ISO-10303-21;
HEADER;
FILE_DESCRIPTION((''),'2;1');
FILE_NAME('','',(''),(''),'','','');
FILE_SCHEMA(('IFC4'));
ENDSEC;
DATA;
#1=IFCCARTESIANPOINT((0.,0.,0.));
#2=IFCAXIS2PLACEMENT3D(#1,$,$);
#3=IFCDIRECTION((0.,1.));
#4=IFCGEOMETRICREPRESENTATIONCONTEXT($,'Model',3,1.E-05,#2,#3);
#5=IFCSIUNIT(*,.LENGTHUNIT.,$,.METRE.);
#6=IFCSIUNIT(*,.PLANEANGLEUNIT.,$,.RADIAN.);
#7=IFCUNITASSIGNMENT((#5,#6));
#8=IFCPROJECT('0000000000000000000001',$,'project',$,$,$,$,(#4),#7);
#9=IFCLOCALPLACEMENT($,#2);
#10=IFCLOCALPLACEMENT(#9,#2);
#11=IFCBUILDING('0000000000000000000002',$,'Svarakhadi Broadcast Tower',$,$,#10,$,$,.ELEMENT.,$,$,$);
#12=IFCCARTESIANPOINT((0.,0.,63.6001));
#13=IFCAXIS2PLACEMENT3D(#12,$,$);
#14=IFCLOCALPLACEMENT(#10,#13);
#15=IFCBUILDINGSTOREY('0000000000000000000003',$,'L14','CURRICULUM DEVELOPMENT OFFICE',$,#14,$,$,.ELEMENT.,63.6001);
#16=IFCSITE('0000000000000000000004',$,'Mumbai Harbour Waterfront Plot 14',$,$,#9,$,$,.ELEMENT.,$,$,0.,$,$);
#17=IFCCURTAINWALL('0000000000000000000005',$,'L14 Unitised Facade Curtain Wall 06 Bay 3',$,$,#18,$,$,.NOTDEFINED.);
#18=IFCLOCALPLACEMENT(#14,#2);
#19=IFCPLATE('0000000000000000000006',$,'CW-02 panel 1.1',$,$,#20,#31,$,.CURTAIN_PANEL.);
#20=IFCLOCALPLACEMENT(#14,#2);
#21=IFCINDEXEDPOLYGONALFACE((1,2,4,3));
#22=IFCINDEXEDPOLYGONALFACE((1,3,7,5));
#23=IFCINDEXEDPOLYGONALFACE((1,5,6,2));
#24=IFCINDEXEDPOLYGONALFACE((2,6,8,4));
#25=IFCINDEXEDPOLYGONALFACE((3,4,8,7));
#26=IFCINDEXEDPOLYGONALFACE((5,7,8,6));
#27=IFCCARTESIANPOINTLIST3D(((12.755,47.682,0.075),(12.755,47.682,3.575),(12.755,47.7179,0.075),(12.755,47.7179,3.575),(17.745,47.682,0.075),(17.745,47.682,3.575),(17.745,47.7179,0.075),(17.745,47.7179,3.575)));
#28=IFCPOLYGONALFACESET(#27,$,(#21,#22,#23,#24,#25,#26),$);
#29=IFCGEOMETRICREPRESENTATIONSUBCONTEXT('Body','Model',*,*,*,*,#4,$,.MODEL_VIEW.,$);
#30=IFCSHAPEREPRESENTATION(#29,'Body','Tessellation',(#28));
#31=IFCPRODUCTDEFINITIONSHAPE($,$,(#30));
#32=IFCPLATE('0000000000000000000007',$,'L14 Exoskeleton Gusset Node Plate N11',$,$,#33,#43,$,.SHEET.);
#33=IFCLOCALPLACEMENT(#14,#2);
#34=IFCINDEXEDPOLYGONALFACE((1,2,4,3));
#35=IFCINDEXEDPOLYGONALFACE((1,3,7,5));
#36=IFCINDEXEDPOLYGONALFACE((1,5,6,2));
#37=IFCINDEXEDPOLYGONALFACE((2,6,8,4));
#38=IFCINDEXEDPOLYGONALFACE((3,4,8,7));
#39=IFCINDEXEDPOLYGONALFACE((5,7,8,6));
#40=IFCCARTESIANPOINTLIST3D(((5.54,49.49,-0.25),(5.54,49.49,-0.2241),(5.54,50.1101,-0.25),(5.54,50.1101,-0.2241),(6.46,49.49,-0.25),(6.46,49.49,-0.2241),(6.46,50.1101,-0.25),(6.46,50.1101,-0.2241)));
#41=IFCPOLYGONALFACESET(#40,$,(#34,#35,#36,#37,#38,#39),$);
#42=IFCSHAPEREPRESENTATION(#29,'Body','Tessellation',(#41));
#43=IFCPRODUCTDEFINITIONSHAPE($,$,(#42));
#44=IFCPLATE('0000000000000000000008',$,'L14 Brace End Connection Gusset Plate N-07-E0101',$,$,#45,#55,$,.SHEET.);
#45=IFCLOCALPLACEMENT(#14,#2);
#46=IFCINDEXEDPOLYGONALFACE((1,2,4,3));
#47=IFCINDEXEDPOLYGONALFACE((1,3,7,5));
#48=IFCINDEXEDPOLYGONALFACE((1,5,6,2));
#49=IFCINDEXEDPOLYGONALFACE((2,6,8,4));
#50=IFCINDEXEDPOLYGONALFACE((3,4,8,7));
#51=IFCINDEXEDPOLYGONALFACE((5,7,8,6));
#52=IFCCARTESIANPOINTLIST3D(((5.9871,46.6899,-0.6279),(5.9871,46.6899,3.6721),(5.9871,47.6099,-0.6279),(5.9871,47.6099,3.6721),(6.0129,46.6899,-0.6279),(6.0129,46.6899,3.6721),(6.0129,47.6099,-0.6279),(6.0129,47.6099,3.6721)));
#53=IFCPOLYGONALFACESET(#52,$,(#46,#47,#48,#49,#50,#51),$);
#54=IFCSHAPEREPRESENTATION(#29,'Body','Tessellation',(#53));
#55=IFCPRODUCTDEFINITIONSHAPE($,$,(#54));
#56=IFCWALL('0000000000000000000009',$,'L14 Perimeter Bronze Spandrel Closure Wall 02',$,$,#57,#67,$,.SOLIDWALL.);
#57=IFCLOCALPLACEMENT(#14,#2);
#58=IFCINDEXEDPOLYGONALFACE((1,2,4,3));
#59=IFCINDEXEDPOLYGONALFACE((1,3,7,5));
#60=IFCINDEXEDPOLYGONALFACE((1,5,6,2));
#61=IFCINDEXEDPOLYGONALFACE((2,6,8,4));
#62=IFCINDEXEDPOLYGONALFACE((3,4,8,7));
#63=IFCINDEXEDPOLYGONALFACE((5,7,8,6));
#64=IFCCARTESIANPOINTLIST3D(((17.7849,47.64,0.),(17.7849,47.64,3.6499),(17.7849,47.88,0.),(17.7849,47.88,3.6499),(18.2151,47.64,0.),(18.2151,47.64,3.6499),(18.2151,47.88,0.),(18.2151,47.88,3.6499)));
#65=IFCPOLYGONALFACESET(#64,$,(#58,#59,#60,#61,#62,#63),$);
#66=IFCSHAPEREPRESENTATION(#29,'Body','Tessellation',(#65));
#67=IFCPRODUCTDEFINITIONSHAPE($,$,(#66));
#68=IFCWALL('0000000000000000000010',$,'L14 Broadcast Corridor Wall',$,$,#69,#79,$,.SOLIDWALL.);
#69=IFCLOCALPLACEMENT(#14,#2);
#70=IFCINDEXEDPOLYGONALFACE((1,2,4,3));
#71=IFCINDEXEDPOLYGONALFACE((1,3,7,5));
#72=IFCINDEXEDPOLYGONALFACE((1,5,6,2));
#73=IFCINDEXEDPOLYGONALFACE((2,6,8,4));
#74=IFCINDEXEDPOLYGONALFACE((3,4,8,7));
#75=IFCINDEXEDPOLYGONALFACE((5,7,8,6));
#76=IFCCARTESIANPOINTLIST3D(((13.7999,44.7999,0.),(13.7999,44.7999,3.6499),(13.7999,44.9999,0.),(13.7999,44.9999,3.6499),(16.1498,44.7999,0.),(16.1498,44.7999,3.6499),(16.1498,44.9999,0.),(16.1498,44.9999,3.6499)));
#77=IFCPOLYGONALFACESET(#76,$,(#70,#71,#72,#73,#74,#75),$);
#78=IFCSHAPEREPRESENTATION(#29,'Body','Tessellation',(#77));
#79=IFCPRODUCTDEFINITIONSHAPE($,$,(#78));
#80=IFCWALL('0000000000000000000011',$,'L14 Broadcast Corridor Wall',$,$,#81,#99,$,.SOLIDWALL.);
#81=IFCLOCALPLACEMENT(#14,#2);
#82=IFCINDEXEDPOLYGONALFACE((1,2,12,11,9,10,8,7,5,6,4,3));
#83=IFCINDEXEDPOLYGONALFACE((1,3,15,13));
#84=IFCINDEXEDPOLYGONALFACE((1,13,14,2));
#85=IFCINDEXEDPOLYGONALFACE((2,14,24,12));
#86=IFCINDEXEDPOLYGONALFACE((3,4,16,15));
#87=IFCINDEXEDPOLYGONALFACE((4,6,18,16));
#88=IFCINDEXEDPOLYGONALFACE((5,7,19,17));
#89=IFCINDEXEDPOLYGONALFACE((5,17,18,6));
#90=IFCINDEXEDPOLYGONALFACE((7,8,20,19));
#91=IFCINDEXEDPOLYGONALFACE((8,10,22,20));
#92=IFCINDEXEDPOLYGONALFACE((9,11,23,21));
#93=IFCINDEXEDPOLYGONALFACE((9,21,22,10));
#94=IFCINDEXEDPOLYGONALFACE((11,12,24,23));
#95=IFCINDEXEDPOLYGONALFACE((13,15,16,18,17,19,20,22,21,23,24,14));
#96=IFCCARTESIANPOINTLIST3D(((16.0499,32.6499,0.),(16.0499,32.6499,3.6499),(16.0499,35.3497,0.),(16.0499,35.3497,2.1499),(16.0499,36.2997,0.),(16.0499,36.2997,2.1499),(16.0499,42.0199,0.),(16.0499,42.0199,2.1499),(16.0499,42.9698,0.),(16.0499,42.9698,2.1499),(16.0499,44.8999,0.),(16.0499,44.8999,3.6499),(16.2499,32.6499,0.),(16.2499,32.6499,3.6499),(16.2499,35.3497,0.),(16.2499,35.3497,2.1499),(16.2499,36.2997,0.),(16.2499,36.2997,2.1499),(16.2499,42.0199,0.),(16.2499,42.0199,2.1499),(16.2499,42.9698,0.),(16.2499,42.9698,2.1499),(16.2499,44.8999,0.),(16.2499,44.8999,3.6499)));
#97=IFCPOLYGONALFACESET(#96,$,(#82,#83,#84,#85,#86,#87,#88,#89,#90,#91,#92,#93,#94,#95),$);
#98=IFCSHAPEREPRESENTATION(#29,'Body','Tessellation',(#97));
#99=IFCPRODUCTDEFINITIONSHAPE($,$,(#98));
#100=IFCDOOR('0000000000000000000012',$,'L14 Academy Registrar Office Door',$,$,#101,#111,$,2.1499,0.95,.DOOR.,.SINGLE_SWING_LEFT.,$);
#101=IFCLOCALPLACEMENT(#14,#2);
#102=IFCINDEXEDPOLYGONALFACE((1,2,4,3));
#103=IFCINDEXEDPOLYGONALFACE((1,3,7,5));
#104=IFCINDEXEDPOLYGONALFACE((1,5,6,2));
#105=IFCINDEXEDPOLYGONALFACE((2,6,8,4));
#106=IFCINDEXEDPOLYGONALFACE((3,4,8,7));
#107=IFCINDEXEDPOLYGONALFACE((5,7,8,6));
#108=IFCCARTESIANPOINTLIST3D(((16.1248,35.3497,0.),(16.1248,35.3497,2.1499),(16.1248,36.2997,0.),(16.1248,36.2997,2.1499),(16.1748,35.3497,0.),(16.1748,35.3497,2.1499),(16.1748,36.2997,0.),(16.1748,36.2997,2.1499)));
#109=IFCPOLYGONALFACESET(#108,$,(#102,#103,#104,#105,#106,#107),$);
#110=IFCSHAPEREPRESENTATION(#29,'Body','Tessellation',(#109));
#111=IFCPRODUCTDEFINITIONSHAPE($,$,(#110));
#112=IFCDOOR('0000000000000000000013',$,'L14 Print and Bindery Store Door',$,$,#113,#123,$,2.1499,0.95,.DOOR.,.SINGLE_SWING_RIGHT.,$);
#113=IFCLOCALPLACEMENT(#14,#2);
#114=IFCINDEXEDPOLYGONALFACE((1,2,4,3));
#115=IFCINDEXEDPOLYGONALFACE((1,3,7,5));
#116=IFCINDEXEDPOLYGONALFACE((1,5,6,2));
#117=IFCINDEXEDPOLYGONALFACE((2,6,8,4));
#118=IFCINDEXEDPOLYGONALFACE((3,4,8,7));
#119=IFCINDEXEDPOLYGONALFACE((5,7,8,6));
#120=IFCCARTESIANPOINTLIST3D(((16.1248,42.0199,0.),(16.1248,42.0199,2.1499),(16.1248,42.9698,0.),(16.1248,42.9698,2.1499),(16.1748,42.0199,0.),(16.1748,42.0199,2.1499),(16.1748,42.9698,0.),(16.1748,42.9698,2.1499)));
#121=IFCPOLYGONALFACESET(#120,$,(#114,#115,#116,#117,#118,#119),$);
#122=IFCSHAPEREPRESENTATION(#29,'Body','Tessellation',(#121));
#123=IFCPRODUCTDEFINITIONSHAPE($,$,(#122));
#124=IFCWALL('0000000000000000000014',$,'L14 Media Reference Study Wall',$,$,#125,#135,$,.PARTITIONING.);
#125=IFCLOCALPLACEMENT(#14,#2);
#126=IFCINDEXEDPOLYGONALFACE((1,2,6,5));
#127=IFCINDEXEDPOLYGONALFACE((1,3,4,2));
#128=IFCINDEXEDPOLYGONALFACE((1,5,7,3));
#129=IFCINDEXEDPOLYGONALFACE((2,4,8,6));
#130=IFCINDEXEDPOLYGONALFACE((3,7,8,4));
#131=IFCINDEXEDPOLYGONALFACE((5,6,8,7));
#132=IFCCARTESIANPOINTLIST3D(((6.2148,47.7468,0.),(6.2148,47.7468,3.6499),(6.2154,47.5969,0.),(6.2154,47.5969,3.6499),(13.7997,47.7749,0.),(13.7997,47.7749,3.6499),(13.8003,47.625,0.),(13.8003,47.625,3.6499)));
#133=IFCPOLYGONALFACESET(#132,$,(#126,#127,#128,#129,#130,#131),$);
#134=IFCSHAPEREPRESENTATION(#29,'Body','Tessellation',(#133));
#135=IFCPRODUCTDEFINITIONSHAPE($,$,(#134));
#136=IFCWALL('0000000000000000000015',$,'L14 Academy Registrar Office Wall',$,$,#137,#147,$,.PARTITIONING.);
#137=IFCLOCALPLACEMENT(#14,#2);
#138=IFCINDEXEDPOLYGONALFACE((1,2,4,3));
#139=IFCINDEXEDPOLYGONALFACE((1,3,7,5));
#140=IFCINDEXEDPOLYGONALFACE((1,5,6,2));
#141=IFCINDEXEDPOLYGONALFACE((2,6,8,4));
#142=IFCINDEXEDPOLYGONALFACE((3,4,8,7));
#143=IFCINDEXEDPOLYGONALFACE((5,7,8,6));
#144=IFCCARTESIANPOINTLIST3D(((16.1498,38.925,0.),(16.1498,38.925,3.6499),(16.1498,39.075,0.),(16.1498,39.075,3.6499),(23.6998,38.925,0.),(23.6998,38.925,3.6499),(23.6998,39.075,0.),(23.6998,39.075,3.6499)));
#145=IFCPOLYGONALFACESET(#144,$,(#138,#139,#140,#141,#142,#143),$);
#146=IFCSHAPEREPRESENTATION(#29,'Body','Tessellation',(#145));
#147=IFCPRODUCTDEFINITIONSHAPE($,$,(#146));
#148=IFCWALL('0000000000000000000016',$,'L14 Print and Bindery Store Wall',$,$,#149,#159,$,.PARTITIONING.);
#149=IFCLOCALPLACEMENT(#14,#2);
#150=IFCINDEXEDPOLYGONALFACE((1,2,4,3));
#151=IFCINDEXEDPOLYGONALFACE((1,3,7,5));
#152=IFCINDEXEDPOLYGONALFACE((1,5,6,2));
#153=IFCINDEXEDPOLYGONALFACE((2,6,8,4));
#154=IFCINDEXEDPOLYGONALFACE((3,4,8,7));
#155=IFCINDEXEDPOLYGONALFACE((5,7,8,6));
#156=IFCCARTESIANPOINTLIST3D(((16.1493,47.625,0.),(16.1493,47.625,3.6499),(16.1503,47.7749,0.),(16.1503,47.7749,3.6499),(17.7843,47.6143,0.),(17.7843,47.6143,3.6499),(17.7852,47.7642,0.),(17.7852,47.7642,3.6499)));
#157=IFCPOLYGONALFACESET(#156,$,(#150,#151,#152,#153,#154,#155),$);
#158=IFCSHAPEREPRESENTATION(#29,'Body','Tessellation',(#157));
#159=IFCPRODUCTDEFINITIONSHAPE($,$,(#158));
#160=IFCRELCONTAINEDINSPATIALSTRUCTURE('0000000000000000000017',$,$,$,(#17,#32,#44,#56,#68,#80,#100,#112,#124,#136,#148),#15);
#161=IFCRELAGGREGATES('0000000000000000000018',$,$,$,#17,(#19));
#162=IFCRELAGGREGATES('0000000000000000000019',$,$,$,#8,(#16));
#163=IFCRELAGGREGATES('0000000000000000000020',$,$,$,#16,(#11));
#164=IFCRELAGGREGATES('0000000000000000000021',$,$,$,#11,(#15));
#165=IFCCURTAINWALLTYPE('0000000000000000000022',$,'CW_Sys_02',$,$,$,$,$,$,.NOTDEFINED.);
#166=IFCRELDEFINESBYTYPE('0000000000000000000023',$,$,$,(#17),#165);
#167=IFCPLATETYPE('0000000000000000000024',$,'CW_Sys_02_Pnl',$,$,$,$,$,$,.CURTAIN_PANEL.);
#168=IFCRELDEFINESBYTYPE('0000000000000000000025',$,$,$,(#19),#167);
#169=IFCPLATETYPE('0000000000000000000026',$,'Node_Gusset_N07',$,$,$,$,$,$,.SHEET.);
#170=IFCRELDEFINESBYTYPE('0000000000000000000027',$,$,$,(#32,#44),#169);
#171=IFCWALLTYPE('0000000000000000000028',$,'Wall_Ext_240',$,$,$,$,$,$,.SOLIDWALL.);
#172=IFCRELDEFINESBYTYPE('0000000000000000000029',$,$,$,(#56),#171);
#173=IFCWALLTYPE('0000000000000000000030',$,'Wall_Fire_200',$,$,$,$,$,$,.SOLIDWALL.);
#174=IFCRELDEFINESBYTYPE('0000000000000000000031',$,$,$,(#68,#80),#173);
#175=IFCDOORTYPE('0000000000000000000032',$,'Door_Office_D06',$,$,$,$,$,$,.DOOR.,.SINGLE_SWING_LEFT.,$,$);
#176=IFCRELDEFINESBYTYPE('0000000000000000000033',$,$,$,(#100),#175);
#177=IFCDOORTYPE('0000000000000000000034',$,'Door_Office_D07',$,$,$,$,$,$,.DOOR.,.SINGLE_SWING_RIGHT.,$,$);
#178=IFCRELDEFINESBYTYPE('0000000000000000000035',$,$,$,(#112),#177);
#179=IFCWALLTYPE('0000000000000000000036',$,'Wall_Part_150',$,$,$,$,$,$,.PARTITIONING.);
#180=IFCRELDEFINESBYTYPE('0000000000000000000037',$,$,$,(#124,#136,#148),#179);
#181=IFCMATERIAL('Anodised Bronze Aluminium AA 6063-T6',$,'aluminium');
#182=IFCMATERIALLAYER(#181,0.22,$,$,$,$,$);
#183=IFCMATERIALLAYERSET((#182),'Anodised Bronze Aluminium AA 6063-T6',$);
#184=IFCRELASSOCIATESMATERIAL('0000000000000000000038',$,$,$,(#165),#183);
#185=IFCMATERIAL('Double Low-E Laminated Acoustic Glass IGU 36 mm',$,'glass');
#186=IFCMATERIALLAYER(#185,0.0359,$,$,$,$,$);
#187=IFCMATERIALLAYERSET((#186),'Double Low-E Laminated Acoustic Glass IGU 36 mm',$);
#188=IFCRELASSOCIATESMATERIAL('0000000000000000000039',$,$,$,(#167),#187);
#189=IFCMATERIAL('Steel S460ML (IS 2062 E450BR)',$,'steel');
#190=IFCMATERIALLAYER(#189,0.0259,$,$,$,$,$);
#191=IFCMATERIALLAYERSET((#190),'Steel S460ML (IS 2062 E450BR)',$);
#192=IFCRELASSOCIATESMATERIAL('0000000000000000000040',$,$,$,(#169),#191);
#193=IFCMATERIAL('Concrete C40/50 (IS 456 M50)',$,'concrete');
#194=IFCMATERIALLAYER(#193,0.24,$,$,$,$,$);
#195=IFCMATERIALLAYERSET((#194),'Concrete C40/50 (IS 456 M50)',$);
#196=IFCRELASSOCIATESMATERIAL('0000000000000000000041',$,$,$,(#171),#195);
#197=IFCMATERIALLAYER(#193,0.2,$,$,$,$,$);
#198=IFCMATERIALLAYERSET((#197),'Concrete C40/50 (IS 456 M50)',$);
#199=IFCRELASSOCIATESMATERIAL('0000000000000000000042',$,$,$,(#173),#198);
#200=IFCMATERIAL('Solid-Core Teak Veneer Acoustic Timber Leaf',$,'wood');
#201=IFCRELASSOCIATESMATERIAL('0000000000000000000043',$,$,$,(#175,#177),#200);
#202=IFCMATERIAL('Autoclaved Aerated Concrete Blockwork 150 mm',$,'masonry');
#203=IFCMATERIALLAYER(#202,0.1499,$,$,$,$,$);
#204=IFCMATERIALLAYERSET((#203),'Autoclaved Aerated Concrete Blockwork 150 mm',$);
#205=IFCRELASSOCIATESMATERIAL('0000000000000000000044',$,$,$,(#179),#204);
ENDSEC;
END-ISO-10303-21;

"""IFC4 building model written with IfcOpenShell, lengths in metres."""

from ifc_helpers import new_model, si_unit, direction, frame, frame_2d, origin, origin_2d, place, context, subcontext, project, spatial, rectangle, extrude, material, layer, layer_set, type_object, element, fill, aggregate, save


model = new_model("IFC4")

# Units and contexts
model_context = context("Model", 3, precision=1e-05, world=origin(), true_north=direction((0.0, 1.0)))
body_context = subcontext(model_context, "Body", "Model", "MODEL_VIEW")
ifc_project = project(units=[si_unit("LENGTHUNIT", "METRE"), si_unit("PLANEANGLEUNIT", "RADIAN")], contexts=[model_context])

# Site, building, storey
site_placement = place(None, origin())
site = spatial("IfcSite", under=ifc_project, at=site_placement, Name="Mumbai Harbour Waterfront Plot 14", CompositionType="ELEMENT", RefElevation=0.0)
building_placement = place(site_placement, origin())
building = spatial("IfcBuilding", under=site, at=building_placement, Name="Svarakhadi Broadcast Tower", CompositionType="ELEMENT")
storey_placement = place(building_placement, frame((0.0, 0.0, 63.6001)))
storey = spatial("IfcBuildingStorey", under=building, at=storey_placement, Name="L14", Description="CURRICULUM DEVELOPMENT OFFICE", CompositionType="ELEMENT", Elevation=63.6001)

# Shared definitions
ifc_material_1 = material(Name="Steel S460ML (IS 2062 E450BR)", Category="steel")

# Curtain wall
ifc_material_2 = material(Name="Anodised Bronze Aluminium AA 6063-T6", Category="aluminium")
ifc_layer_1 = layer(ifc_material_2, 0.22)
ifc_layer_set_1 = layer_set([ifc_layer_1], Name="Anodised Bronze Aluminium AA 6063-T6")
curtain_wall_type = type_object("IfcCurtainWallType", Name="CW_Sys_02", PredefinedType="NOTDEFINED", material=ifc_layer_set_1)
curtain_wall_1_placement = place(storey_placement, origin())
curtain_wall_1 = element("IfcCurtainWall", 1, at=curtain_wall_1_placement, inside=storey, type_object=curtain_wall_type, Name="L14 Unitised Facade Curtain Wall 06 Bay 3", PredefinedType="NOTDEFINED")

# Plate
ifc_material_3 = material(Name="Double Low-E Laminated Acoustic Glass IGU 36 mm", Category="glass")
ifc_layer_2 = layer(ifc_material_3, 0.0359)
ifc_layer_set_2 = layer_set([ifc_layer_2], Name="Double Low-E Laminated Acoustic Glass IGU 36 mm")
plate_type_1 = type_object("IfcPlateType", Name="CW_Sys_02_Pnl", PredefinedType="CURTAIN_PANEL", material=ifc_layer_set_2)
plate_1_placement = place(storey_placement, frame((15.25, 47.7, 0.075), z_axis=(0.0, 0.0, 1.0), x_axis=(1.0, 0.0, 0.0)))
plate_1 = element("IfcPlate", 2, at=plate_1_placement, type_object=plate_type_1, Name="CW-02 panel 1.1", PredefinedType="CURTAIN_PANEL", context=body_context, shape_type="SweptSolid", body=[
    extrude(rectangle(XDim=4.99, YDim=0.0359, at=origin_2d()), origin(), (0.0, 0.0, 1.0), 3.5),
])
aggregate(curtain_wall_1, [plate_1])

# Plates
ifc_layer_3 = layer(ifc_material_1, 0.0259)
ifc_layer_set_3 = layer_set([ifc_layer_3], Name="Steel S460ML (IS 2062 E450BR)")
plate_type_2 = type_object("IfcPlateType", Name="Node_Gusset_N07", PredefinedType="SHEET", material=ifc_layer_set_3)
plate_2_placement = place(storey_placement, frame((6.0, 49.8, -0.25), z_axis=(0.0, 0.0, 1.0), x_axis=(1.0, 0.0, 0.0)))
element("IfcPlate", 3, at=plate_2_placement, inside=storey, type_object=plate_type_2, Name="L14 Exoskeleton Gusset Node Plate N11", PredefinedType="SHEET", context=body_context, shape_type="SweptSolid", body=[
    extrude(rectangle(XDim=0.9199, YDim=0.6201, at=origin_2d()), origin(), (0.0, 0.0, 1.0), 0.0259),
])
plate_3_placement = place(storey_placement, frame((6.0, 47.1499, -0.6279), z_axis=(0.0, 0.0, 1.0), x_axis=(0.0, 1.0, 0.0)))
element("IfcPlate", 4, at=plate_3_placement, inside=storey, type_object=plate_type_2, Name="L14 Brace End Connection Gusset Plate N-07-E0101", PredefinedType="SHEET", context=body_context, shape_type="SweptSolid", body=[
    extrude(rectangle(XDim=0.9199, YDim=0.0259, at=origin_2d()), origin(), (0.0, 0.0, 1.0), 4.3),
])

# Walls
ifc_material_4 = material(Name="Concrete C40/50 (IS 456 M50)", Category="concrete")
ifc_layer_4 = layer(ifc_material_4, 0.24)
ifc_layer_set_4 = layer_set([ifc_layer_4], Name="Concrete C40/50 (IS 456 M50)")
wall_type_1 = type_object("IfcWallType", Name="Wall_Ext_240", PredefinedType="SOLIDWALL", material=ifc_layer_set_4)
wall_1_placement = place(storey_placement, frame((17.7849, 47.76, 0.0), z_axis=(0.0, 0.0, 1.0), x_axis=(1.0, 0.0, 0.0)))
element("IfcWall", 5, at=wall_1_placement, inside=storey, type_object=wall_type_1, Name="L14 Perimeter Bronze Spandrel Closure Wall 02", PredefinedType="SOLIDWALL", context=body_context, shape_type="SweptSolid", body=[
    extrude(rectangle(XDim=0.4302, YDim=0.24, at=frame_2d((0.2151, 0.0))), origin(), (0.0, 0.0, 1.0), 3.6499),
])
ifc_layer_5 = layer(ifc_material_4, 0.2)
ifc_layer_set_5 = layer_set([ifc_layer_5], Name="Concrete C40/50 (IS 456 M50)")
wall_type_2 = type_object("IfcWallType", Name="Wall_Fire_200", PredefinedType="SOLIDWALL", material=ifc_layer_set_5)
wall_2_placement = place(storey_placement, frame((13.8, 44.8999, 0.0), z_axis=(0.0, 0.0, 1.0), x_axis=(1.0, 0.0, 0.0)))
element("IfcWall", 6, at=wall_2_placement, inside=storey, type_object=wall_type_2, Name="L14 Broadcast Corridor Wall", PredefinedType="SOLIDWALL", context=body_context, shape_type="SweptSolid", body=[
    extrude(rectangle(XDim=2.3499, YDim=0.2, at=frame_2d((1.1748, 0.0))), origin(), (0.0, 0.0, 1.0), 3.6499),
])

# Wall, openings, doors
wall_3_placement = place(storey_placement, frame((16.1499, 44.8999, 0.0), z_axis=(0.0, 0.0, 1.0), x_axis=(0.0, -1.0, 0.0)))
wall_3 = element("IfcWall", 7, at=wall_3_placement, inside=storey, type_object=wall_type_2, Name="L14 Broadcast Corridor Wall", PredefinedType="SOLIDWALL", context=body_context, shape_type="SweptSolid", body=[
    extrude(rectangle(XDim=12.25, YDim=0.2, at=frame_2d((6.125, 0.0))), origin(), (0.0, 0.0, 1.0), 3.6499),
])
opening_1_placement = place(wall_3_placement, frame((8.6001, 0.0, 0.0)))
opening_1 = element("IfcOpeningElement", 8, at=opening_1_placement, cuts=wall_3, PredefinedType="OPENING", context=body_context, shape_type="SweptSolid", body=[
    extrude(rectangle(XDim=0.95, YDim=2.1499, at=frame_2d((0.4751, 1.075))), frame((0.0, 0.1099, 0.0), z_axis=(0.0, -1.0, 0.0), x_axis=(1.0, 0.0, 0.0)), (0.0, 0.0, 1.0), 0.22),
])
opening_2_placement = place(wall_3_placement, frame((1.9299, 0.0, 0.0)))
opening_2 = element("IfcOpeningElement", 9, at=opening_2_placement, cuts=wall_3, PredefinedType="OPENING", context=body_context, shape_type="SweptSolid", body=[
    extrude(rectangle(XDim=0.95, YDim=2.1499, at=frame_2d((0.4751, 1.075))), frame((0.0, 0.1099, 0.0), z_axis=(0.0, -1.0, 0.0), x_axis=(1.0, 0.0, 0.0)), (0.0, 0.0, 1.0), 0.22),
])
ifc_material_5 = material(Name="Solid-Core Teak Veneer Acoustic Timber Leaf", Category="wood")
door_type_1 = type_object("IfcDoorType", Name="Door_Office_D06", OperationType="SINGLE_SWING_LEFT", PredefinedType="DOOR", material=ifc_material_5)
door_1_placement = place(opening_1_placement, origin())
door_1 = element("IfcDoor", 10, at=door_1_placement, inside=storey, type_object=door_type_1, Name="L14 Academy Registrar Office Door", OperationType="SINGLE_SWING_LEFT", OverallHeight=2.1499, OverallWidth=0.95, PredefinedType="DOOR", context=body_context, shape_type="SweptSolid", body=[
    extrude(rectangle(XDim=0.95, YDim=2.1499, at=frame_2d((0.4751, 1.075))), frame((0.0, 0.0249, 0.0), z_axis=(0.0, -1.0, 0.0), x_axis=(1.0, 0.0, 0.0)), (0.0, 0.0, 1.0), 0.05),
])
fill(opening_1, door_1)
door_type_2 = type_object("IfcDoorType", Name="Door_Office_D07", OperationType="SINGLE_SWING_RIGHT", PredefinedType="DOOR", material=ifc_material_5)
door_2_placement = place(opening_2_placement, origin())
door_2 = element("IfcDoor", 11, at=door_2_placement, inside=storey, type_object=door_type_2, Name="L14 Print and Bindery Store Door", OperationType="SINGLE_SWING_RIGHT", OverallHeight=2.1499, OverallWidth=0.95, PredefinedType="DOOR", context=body_context, shape_type="SweptSolid", body=[
    extrude(rectangle(XDim=0.95, YDim=2.1499, at=frame_2d((0.4751, 1.075))), frame((0.0, 0.0249, 0.0), z_axis=(0.0, -1.0, 0.0), x_axis=(1.0, 0.0, 0.0)), (0.0, 0.0, 1.0), 0.05),
])
fill(opening_2, door_2)

# Walls
ifc_material_6 = material(Name="Autoclaved Aerated Concrete Blockwork 150 mm", Category="masonry")
ifc_layer_6 = layer(ifc_material_6, 0.1499)
ifc_layer_set_6 = layer_set([ifc_layer_6], Name="Autoclaved Aerated Concrete Blockwork 150 mm")
wall_type_3 = type_object("IfcWallType", Name="Wall_Part_150", PredefinedType="PARTITIONING", material=ifc_layer_set_6)
wall_4_placement = place(storey_placement, frame((6.2151, 47.6719, 0.0), z_axis=(0.0, 0.0, 1.0), x_axis=(0.999993, 0.003702, 0.0)))
element("IfcWall", 12, at=wall_4_placement, inside=storey, type_object=wall_type_3, Name="L14 Media Reference Study Wall", PredefinedType="PARTITIONING", context=body_context, shape_type="SweptSolid", body=[
    extrude(rectangle(XDim=7.585, YDim=0.1499, at=frame_2d((3.7925, 0.0))), origin(), (0.0, 0.0, 1.0), 3.6499),
])
wall_5_placement = place(storey_placement, frame((16.1499, 39.0, 0.0), z_axis=(0.0, 0.0, 1.0), x_axis=(1.0, 0.0, 0.0)))
element("IfcWall", 13, at=wall_5_placement, inside=storey, type_object=wall_type_3, Name="L14 Academy Registrar Office Wall", PredefinedType="PARTITIONING", context=body_context, shape_type="SweptSolid", body=[
    extrude(rectangle(XDim=7.55, YDim=0.1499, at=frame_2d((3.7749, 0.0))), origin(), (0.0, 0.0, 1.0), 3.6499),
])
wall_6_placement = place(storey_placement, frame((16.1499, 47.7, 0.0), z_axis=(0.0, 0.0, 1.0), x_axis=(0.999978, -0.00657, 0.0)))
element("IfcWall", 14, at=wall_6_placement, inside=storey, type_object=wall_type_3, Name="L14 Print and Bindery Store Wall", PredefinedType="PARTITIONING", context=body_context, shape_type="SweptSolid", body=[
    extrude(rectangle(XDim=1.635, YDim=0.1499, at=frame_2d((0.8174, 0.0))), origin(), (0.0, 0.0, 1.0), 3.6499),
])

save(model, "model.ifc")
